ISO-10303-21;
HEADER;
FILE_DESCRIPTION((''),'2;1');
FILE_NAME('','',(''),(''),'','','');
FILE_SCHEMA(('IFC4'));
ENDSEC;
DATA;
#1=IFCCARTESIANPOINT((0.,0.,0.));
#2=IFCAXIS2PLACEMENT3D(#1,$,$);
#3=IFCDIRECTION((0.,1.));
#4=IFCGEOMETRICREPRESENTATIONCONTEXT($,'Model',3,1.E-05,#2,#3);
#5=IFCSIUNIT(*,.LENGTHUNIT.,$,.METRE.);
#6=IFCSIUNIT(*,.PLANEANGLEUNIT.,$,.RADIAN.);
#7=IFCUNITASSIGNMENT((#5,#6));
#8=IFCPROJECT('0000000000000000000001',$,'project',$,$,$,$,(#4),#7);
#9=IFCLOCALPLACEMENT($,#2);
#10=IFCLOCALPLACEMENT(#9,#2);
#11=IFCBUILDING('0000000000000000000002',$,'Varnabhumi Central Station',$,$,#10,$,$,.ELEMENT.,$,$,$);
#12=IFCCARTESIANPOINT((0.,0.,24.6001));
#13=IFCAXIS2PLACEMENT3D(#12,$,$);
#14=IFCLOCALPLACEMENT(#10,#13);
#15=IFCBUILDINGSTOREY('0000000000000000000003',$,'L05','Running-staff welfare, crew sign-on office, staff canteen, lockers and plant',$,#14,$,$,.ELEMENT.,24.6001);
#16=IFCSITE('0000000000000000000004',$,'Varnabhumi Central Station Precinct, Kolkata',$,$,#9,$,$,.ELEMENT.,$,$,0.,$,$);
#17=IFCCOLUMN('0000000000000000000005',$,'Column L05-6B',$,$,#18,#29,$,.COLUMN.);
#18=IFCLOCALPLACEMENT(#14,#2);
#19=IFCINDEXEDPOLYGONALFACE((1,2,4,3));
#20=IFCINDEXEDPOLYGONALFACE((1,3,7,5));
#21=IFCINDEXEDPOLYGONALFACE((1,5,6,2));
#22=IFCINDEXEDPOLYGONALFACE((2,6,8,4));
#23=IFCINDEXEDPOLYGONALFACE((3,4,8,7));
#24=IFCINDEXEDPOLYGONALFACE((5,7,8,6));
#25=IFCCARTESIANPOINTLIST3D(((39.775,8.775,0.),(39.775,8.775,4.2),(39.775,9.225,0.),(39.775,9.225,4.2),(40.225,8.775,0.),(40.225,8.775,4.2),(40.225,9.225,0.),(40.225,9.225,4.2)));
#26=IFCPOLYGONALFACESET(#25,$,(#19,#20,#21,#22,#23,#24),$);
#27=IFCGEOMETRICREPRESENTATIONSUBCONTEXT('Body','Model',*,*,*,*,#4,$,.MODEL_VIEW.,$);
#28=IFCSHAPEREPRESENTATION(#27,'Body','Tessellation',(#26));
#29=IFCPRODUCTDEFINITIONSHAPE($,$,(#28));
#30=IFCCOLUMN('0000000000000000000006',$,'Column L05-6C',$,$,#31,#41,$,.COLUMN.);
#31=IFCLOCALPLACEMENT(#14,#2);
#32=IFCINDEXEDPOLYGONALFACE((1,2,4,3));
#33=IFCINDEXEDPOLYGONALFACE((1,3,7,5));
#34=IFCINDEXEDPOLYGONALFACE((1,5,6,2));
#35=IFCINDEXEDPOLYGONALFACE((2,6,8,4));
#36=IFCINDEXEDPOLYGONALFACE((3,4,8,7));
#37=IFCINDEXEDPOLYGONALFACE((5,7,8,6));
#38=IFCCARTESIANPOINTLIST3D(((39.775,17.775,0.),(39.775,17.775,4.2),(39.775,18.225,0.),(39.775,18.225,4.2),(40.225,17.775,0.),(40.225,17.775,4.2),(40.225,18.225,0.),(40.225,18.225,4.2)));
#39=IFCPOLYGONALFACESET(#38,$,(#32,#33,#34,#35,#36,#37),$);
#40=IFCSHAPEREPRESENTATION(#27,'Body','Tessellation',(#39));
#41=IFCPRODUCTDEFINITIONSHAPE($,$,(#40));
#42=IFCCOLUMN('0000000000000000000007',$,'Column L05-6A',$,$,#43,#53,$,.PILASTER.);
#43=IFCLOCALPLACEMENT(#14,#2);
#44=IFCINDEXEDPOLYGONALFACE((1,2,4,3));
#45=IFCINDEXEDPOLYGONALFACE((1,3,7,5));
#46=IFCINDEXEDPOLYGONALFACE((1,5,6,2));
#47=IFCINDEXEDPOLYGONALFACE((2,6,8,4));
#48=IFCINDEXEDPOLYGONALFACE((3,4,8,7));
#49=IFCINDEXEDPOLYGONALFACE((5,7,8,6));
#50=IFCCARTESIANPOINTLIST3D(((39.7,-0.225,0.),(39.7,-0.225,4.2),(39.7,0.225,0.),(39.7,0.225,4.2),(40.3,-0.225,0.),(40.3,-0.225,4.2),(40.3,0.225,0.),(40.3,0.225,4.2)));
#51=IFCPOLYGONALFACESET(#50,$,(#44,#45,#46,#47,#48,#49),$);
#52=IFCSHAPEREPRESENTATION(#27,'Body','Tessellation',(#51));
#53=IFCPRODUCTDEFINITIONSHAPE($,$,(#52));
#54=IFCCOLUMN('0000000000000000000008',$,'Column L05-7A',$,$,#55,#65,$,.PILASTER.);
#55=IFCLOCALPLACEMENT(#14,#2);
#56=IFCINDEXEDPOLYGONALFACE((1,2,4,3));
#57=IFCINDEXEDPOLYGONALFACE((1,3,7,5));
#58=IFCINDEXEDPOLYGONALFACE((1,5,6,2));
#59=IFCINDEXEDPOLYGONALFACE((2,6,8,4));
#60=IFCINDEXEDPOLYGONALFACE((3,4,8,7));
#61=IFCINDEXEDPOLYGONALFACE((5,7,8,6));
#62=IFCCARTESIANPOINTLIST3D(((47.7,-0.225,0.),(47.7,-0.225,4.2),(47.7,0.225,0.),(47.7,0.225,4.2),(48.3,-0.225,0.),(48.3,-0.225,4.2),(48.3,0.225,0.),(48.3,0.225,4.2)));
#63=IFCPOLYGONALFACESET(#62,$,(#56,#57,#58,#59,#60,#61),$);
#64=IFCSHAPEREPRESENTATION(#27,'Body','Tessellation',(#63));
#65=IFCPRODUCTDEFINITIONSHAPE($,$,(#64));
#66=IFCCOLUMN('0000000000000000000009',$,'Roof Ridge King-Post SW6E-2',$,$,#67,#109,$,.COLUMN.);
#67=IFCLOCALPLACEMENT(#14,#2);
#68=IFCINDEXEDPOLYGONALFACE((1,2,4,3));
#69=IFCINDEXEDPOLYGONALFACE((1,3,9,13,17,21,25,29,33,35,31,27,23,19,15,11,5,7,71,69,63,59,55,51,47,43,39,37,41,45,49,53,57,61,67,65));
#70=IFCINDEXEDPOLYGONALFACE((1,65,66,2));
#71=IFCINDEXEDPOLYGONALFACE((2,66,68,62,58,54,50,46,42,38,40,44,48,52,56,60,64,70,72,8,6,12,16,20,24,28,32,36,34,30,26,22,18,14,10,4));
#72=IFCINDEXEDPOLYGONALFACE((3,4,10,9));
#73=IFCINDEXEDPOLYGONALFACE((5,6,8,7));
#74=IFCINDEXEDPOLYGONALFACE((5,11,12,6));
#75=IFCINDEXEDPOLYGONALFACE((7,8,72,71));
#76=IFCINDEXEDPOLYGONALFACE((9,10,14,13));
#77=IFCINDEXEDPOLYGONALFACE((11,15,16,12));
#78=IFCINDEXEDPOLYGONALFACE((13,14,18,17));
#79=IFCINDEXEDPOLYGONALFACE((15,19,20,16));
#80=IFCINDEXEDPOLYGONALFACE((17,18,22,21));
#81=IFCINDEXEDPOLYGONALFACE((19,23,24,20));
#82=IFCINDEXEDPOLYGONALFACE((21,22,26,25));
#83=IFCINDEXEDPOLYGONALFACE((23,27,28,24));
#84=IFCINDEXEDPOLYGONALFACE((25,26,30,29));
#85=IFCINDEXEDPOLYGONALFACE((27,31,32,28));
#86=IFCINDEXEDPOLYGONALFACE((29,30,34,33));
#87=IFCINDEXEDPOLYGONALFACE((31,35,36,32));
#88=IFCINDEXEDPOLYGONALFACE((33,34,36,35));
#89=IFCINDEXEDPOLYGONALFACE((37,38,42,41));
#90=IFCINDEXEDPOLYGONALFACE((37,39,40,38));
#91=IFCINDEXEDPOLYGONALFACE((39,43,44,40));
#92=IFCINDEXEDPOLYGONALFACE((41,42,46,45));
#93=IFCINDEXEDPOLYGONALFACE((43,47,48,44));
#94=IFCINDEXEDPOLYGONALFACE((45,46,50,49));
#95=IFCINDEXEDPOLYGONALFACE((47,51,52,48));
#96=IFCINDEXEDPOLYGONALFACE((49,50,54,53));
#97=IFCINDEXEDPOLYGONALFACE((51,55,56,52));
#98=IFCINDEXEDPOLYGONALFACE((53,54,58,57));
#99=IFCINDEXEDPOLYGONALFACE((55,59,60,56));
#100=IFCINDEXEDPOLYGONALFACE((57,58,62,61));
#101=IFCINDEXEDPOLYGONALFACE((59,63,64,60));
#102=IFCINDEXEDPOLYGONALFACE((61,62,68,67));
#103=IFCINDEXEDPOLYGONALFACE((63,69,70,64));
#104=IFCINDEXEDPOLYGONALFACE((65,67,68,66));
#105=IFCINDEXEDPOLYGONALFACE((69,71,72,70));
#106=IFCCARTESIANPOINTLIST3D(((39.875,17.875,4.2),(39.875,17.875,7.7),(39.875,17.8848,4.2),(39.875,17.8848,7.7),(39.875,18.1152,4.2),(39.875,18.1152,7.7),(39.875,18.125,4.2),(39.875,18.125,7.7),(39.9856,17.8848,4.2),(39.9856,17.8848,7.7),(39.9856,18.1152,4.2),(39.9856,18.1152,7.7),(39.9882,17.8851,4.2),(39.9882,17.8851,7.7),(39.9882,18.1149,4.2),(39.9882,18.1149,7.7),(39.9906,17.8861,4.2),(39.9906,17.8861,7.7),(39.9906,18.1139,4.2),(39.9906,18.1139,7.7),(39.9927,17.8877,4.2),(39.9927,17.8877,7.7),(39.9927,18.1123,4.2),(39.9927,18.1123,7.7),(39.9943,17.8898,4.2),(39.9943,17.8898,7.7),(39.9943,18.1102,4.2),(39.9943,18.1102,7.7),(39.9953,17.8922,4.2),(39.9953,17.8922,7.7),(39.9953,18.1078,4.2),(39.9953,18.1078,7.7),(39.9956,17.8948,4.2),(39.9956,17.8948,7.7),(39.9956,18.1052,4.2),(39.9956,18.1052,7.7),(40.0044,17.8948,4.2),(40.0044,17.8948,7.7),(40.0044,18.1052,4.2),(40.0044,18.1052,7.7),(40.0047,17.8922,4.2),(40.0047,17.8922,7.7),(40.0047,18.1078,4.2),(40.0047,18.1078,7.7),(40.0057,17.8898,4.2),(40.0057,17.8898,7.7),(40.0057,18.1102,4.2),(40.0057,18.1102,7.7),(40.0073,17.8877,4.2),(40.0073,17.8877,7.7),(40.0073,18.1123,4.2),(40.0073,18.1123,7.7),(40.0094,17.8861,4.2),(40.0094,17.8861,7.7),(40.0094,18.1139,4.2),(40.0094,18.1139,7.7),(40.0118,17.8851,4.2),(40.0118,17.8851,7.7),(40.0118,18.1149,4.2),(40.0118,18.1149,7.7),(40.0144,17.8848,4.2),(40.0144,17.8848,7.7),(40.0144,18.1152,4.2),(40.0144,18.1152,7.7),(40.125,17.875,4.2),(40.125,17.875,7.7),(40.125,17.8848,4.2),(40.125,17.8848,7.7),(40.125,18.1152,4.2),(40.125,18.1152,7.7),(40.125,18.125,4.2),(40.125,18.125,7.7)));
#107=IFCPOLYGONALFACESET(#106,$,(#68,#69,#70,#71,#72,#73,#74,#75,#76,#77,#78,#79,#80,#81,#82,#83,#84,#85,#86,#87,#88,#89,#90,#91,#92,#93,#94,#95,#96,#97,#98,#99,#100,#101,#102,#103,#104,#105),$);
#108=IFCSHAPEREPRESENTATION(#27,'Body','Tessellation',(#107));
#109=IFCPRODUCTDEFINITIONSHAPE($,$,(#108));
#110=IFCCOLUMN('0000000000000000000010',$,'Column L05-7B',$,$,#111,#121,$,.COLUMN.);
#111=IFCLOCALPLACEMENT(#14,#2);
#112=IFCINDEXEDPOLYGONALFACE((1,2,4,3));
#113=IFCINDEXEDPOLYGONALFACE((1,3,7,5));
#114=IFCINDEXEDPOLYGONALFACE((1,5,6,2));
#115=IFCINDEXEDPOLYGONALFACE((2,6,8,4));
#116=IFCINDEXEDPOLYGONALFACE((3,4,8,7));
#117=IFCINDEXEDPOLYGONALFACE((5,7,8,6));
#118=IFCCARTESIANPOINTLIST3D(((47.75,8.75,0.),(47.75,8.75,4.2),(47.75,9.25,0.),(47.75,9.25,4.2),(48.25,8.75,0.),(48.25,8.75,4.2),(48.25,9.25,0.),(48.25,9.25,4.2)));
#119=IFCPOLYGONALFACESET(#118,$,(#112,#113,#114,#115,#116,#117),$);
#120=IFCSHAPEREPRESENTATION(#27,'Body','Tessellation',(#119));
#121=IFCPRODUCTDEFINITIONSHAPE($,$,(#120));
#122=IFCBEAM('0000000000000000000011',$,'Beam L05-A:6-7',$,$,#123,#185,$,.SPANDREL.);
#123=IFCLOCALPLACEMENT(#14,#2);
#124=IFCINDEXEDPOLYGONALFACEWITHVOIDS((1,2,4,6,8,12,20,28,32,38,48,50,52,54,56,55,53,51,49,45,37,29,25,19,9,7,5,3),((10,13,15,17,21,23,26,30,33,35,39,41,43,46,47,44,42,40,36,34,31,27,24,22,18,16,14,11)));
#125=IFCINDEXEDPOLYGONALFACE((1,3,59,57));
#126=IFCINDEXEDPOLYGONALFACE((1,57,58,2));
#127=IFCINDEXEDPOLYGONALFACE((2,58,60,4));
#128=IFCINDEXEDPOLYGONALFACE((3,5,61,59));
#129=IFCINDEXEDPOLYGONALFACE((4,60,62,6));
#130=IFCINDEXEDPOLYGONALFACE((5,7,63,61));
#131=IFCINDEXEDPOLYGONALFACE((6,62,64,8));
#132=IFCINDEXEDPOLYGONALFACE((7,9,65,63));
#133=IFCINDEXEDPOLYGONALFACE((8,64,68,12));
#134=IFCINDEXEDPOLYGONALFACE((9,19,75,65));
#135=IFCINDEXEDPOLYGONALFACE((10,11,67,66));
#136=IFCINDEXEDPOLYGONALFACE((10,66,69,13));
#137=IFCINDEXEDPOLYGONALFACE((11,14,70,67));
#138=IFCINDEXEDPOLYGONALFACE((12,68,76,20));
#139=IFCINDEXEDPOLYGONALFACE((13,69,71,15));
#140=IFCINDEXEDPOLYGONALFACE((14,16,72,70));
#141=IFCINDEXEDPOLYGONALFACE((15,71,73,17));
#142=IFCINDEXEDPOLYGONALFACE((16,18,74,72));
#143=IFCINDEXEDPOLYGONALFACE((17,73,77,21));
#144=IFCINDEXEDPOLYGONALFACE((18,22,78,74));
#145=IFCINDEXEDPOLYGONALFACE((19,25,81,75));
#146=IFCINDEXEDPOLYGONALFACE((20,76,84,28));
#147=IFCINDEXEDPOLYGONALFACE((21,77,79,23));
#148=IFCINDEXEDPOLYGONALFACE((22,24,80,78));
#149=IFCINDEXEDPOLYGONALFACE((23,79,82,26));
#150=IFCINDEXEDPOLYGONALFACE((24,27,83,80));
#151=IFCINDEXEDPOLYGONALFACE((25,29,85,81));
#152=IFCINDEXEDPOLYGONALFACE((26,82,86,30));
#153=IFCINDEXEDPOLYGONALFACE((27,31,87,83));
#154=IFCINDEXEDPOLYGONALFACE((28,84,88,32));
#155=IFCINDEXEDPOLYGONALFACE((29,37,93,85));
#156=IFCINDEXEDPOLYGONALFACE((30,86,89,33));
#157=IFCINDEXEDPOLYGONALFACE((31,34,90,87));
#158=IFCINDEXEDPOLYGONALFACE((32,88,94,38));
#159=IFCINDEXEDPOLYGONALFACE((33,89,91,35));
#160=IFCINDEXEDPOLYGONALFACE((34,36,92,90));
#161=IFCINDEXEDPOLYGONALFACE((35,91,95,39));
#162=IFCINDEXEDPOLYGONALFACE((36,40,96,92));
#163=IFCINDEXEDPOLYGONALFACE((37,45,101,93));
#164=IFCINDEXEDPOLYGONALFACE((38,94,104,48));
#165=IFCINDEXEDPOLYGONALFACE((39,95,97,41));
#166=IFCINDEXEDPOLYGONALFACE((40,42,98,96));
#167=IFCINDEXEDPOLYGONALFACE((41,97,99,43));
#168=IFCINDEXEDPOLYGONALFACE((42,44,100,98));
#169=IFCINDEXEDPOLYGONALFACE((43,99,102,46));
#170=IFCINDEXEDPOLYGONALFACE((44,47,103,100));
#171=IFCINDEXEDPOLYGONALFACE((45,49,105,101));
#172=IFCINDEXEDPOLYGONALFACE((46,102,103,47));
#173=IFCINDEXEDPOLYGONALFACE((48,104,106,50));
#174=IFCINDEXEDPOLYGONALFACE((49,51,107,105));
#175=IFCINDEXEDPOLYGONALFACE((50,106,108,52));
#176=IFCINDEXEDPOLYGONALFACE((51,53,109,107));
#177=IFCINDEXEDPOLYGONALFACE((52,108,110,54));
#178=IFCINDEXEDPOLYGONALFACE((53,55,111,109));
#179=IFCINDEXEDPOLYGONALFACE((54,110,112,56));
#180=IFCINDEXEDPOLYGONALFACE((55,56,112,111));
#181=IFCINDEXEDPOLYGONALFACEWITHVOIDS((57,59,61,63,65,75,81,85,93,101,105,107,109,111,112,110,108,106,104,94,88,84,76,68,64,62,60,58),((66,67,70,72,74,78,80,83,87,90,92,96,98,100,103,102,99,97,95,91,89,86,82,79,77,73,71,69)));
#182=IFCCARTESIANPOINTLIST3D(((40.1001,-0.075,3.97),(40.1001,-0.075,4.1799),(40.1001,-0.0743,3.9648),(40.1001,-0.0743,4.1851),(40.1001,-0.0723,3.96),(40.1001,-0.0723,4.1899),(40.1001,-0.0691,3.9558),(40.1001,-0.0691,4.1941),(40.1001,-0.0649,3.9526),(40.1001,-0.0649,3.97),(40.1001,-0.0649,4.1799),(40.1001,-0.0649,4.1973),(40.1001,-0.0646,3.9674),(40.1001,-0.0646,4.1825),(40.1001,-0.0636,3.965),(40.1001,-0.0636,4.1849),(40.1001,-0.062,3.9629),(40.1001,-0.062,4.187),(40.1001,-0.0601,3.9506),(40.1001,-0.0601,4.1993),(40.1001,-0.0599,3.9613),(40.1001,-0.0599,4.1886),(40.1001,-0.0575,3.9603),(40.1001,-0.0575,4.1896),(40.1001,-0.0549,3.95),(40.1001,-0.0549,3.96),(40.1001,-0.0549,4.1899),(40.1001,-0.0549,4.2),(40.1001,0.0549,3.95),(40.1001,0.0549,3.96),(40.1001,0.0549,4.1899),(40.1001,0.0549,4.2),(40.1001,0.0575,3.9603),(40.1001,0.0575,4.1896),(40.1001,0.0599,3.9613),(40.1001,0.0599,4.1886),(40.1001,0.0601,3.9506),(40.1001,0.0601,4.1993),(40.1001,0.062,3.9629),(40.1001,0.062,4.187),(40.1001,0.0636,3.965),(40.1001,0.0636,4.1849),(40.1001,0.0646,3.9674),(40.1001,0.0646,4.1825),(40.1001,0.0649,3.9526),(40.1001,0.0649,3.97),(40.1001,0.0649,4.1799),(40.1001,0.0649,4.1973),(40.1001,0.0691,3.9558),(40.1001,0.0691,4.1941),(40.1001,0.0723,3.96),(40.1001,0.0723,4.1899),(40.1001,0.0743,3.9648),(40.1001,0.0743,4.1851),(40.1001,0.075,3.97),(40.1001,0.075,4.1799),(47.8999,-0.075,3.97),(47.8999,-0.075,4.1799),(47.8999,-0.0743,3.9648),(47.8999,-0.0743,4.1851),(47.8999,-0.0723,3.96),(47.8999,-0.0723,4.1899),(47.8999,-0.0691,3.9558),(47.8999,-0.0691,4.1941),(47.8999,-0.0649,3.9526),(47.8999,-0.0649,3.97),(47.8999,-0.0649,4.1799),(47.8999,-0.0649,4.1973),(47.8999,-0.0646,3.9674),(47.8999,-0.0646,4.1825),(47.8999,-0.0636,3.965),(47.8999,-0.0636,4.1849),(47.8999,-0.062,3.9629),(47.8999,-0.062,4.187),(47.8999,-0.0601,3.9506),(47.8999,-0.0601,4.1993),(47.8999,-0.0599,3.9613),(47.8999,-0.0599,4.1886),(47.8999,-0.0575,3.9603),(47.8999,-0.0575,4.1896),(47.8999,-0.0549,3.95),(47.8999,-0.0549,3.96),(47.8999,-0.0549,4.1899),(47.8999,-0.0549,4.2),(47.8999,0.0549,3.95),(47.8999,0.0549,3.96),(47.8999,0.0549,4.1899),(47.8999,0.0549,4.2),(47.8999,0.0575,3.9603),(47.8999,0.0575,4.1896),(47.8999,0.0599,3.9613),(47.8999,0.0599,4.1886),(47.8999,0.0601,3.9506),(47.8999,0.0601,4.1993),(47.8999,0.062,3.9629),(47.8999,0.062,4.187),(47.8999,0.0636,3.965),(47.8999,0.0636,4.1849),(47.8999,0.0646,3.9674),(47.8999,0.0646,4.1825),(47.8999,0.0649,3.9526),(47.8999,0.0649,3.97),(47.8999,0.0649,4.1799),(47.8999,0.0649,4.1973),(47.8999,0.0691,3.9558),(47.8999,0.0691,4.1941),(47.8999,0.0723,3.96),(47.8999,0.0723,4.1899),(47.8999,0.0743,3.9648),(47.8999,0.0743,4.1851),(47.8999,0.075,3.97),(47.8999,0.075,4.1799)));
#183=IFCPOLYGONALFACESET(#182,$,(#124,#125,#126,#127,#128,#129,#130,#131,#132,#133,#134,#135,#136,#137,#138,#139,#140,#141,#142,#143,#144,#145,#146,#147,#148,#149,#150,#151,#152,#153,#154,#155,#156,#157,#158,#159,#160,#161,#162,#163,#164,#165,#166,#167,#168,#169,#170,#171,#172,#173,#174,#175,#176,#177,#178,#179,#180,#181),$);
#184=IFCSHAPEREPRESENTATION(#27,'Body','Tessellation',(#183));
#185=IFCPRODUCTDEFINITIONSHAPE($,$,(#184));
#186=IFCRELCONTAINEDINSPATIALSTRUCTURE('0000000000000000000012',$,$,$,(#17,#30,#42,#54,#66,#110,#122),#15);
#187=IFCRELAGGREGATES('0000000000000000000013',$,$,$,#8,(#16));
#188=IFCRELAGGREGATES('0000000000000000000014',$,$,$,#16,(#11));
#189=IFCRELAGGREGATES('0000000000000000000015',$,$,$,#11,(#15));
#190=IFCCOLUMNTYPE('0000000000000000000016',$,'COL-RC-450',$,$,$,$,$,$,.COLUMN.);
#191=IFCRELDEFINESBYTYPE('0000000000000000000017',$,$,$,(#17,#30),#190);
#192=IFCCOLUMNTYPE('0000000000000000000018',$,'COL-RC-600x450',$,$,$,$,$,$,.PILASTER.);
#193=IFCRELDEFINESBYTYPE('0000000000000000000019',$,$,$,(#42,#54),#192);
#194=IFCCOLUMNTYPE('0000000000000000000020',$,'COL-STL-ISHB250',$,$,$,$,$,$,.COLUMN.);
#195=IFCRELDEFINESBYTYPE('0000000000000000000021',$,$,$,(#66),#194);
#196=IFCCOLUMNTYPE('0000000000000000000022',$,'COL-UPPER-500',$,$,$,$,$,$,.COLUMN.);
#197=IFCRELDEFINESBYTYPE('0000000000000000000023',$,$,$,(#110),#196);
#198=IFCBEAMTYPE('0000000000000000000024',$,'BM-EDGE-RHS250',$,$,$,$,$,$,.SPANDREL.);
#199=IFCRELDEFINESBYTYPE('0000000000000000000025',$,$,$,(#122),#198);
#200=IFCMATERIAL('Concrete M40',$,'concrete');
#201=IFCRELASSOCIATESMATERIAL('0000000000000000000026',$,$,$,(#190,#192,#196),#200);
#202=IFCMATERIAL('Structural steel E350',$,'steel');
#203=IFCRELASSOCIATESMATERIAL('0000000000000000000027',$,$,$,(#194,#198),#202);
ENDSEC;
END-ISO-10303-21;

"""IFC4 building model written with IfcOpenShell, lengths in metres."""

from ifc_helpers import new_model, si_unit, direction, frame, origin, origin_2d, place, context, subcontext, project, spatial, rectangle, hollow_rectangle, i_section, extrude, material, material_profile, profile_set, type_object, element, save


model = new_model("IFC4")

# Units and contexts
model_context = context("Model", 3, precision=1e-05, world=origin(), true_north=direction((0.0, 1.0)))
body_context = subcontext(model_context, "Body", "Model", "MODEL_VIEW")
ifc_project = project(units=[si_unit("LENGTHUNIT", "METRE"), si_unit("PLANEANGLEUNIT", "RADIAN")], contexts=[model_context])

# Site, building, storey
site_placement = place(None, origin())
site = spatial("IfcSite", under=ifc_project, at=site_placement, Name="Varnabhumi Central Station Precinct, Kolkata", CompositionType="ELEMENT", RefElevation=0.0)
building_placement = place(site_placement, origin())
building = spatial("IfcBuilding", under=site, at=building_placement, Name="Varnabhumi Central Station", CompositionType="ELEMENT")
storey_placement = place(building_placement, frame((0.0, 0.0, 24.6001)))
storey = spatial("IfcBuildingStorey", under=building, at=storey_placement, Name="L05", Description="Running-staff welfare, crew sign-on office, staff canteen, lockers and plant", CompositionType="ELEMENT", Elevation=24.6001)

# Columns
ifc_material_1 = material(Name="Concrete M40", Category="concrete")
ifc_material_profile_1 = material_profile(ifc_material_1, rectangle(XDim=0.45, YDim=0.45, at=origin_2d()), Name="Concrete M40", Category="concrete")
ifc_profile_set_1 = profile_set([ifc_material_profile_1], Name="Concrete M40")
column_type_1 = type_object("IfcColumnType", Name="COL-RC-450", PredefinedType="COLUMN", material=ifc_profile_set_1)
for number, where, z_axis, x_axis, name in (
    (1, (40.0, 9.0, 0.0), (0.0, 0.0, 1.0), (1.0, 0.0, 0.0), "Column L05-6B"),
    (2, (40.0, 18.0, 0.0), (0.0, 0.0, 1.0), (1.0, 0.0, 0.0), "Column L05-6C"),
):
    element("IfcColumn", number, at=place(storey_placement, frame(where, z_axis=z_axis, x_axis=x_axis)), inside=storey, type_object=column_type_1, Name=name, PredefinedType="COLUMN", context=body_context, shape_type="SweptSolid", body=[
        extrude(rectangle(XDim=0.45, YDim=0.45, at=origin_2d()), origin(), (0.0, 0.0, 1.0), 4.2),
    ])
ifc_material_profile_2 = material_profile(ifc_material_1, rectangle(XDim=0.6001, YDim=0.45, at=origin_2d()), Name="Concrete M40", Category="concrete")
ifc_profile_set_2 = profile_set([ifc_material_profile_2], Name="Concrete M40")
column_type_2 = type_object("IfcColumnType", Name="COL-RC-600x450", PredefinedType="PILASTER", material=ifc_profile_set_2)
for number, where, z_axis, x_axis, name in (
    (3, (40.0, 0.0, 0.0), (0.0, 0.0, 1.0), (1.0, 0.0, 0.0), "Column L05-6A"),
    (4, (48.0, 0.0, 0.0), (0.0, 0.0, 1.0), (1.0, 0.0, 0.0), "Column L05-7A"),
):
    element("IfcColumn", number, at=place(storey_placement, frame(where, z_axis=z_axis, x_axis=x_axis)), inside=storey, type_object=column_type_2, Name=name, PredefinedType="PILASTER", context=body_context, shape_type="SweptSolid", body=[
        extrude(rectangle(XDim=0.6001, YDim=0.45, at=origin_2d()), origin(), (0.0, 0.0, 1.0), 4.2),
    ])
ifc_material_2 = material(Name="Structural steel E350", Category="steel")
ifc_material_profile_3 = material_profile(ifc_material_2, i_section(OverallWidth=0.25, OverallDepth=0.25, WebThickness=0.0088, FlangeThickness=0.0098, FilletRadius=0.01, at=origin_2d()), Name="Structural steel E350", Category="steel")
ifc_profile_set_3 = profile_set([ifc_material_profile_3], Name="Structural steel E350")
column_type_3 = type_object("IfcColumnType", Name="COL-STL-ISHB250", PredefinedType="COLUMN", material=ifc_profile_set_3)
column_1_placement = place(storey_placement, frame((40.0, 18.0, 4.2), z_axis=(0.0, 0.0, 1.0), x_axis=(1.0, 0.0, 0.0)))
element("IfcColumn", 5, at=column_1_placement, inside=storey, type_object=column_type_3, Name="Roof Ridge King-Post SW6E-2", PredefinedType="COLUMN", context=body_context, shape_type="SweptSolid", body=[
    extrude(i_section(OverallWidth=0.25, OverallDepth=0.25, WebThickness=0.0088, FlangeThickness=0.0098, FilletRadius=0.01, at=origin_2d()), origin(), (0.0, 0.0, 1.0), 3.5),
])
ifc_material_profile_4 = material_profile(ifc_material_1, rectangle(XDim=0.5, YDim=0.5, at=origin_2d()), Name="Concrete M40", Category="concrete")
ifc_profile_set_4 = profile_set([ifc_material_profile_4], Name="Concrete M40")
column_type_4 = type_object("IfcColumnType", Name="COL-UPPER-500", PredefinedType="COLUMN", material=ifc_profile_set_4)
column_2_placement = place(storey_placement, frame((48.0, 9.0, 0.0), z_axis=(0.0, 0.0, 1.0), x_axis=(1.0, 0.0, 0.0)))
element("IfcColumn", 6, at=column_2_placement, inside=storey, type_object=column_type_4, Name="Column L05-7B", PredefinedType="COLUMN", context=body_context, shape_type="SweptSolid", body=[
    extrude(rectangle(XDim=0.5, YDim=0.5, at=origin_2d()), origin(), (0.0, 0.0, 1.0), 4.2),
])

# Beam
ifc_material_profile_5 = material_profile(ifc_material_2, hollow_rectangle(XDim=0.1499, YDim=0.25, WallThickness=0.01, InnerFilletRadius=0.01, OuterFilletRadius=0.02, at=origin_2d()), Name="Structural steel E350", Category="steel")
ifc_profile_set_5 = profile_set([ifc_material_profile_5], Name="Structural steel E350")
beam_type_1 = type_object("IfcBeamType", Name="BM-EDGE-RHS250", PredefinedType="SPANDREL", material=ifc_profile_set_5)
beam_1_placement = place(storey_placement, frame((40.1001, 0.0, 4.075), z_axis=(1.0, 0.0, 0.0), x_axis=(0.0, 1.0, 0.0)))
element("IfcBeam", 7, at=beam_1_placement, inside=storey, type_object=beam_type_1, Name="Beam L05-A:6-7", PredefinedType="SPANDREL", context=body_context, shape_type="SweptSolid", body=[
    extrude(hollow_rectangle(XDim=0.1499, YDim=0.25, WallThickness=0.01, InnerFilletRadius=0.01, OuterFilletRadius=0.02, at=origin_2d()), origin(), (0.0, 0.0, 1.0), 7.7998),
])

save(model, "model.ifc")
